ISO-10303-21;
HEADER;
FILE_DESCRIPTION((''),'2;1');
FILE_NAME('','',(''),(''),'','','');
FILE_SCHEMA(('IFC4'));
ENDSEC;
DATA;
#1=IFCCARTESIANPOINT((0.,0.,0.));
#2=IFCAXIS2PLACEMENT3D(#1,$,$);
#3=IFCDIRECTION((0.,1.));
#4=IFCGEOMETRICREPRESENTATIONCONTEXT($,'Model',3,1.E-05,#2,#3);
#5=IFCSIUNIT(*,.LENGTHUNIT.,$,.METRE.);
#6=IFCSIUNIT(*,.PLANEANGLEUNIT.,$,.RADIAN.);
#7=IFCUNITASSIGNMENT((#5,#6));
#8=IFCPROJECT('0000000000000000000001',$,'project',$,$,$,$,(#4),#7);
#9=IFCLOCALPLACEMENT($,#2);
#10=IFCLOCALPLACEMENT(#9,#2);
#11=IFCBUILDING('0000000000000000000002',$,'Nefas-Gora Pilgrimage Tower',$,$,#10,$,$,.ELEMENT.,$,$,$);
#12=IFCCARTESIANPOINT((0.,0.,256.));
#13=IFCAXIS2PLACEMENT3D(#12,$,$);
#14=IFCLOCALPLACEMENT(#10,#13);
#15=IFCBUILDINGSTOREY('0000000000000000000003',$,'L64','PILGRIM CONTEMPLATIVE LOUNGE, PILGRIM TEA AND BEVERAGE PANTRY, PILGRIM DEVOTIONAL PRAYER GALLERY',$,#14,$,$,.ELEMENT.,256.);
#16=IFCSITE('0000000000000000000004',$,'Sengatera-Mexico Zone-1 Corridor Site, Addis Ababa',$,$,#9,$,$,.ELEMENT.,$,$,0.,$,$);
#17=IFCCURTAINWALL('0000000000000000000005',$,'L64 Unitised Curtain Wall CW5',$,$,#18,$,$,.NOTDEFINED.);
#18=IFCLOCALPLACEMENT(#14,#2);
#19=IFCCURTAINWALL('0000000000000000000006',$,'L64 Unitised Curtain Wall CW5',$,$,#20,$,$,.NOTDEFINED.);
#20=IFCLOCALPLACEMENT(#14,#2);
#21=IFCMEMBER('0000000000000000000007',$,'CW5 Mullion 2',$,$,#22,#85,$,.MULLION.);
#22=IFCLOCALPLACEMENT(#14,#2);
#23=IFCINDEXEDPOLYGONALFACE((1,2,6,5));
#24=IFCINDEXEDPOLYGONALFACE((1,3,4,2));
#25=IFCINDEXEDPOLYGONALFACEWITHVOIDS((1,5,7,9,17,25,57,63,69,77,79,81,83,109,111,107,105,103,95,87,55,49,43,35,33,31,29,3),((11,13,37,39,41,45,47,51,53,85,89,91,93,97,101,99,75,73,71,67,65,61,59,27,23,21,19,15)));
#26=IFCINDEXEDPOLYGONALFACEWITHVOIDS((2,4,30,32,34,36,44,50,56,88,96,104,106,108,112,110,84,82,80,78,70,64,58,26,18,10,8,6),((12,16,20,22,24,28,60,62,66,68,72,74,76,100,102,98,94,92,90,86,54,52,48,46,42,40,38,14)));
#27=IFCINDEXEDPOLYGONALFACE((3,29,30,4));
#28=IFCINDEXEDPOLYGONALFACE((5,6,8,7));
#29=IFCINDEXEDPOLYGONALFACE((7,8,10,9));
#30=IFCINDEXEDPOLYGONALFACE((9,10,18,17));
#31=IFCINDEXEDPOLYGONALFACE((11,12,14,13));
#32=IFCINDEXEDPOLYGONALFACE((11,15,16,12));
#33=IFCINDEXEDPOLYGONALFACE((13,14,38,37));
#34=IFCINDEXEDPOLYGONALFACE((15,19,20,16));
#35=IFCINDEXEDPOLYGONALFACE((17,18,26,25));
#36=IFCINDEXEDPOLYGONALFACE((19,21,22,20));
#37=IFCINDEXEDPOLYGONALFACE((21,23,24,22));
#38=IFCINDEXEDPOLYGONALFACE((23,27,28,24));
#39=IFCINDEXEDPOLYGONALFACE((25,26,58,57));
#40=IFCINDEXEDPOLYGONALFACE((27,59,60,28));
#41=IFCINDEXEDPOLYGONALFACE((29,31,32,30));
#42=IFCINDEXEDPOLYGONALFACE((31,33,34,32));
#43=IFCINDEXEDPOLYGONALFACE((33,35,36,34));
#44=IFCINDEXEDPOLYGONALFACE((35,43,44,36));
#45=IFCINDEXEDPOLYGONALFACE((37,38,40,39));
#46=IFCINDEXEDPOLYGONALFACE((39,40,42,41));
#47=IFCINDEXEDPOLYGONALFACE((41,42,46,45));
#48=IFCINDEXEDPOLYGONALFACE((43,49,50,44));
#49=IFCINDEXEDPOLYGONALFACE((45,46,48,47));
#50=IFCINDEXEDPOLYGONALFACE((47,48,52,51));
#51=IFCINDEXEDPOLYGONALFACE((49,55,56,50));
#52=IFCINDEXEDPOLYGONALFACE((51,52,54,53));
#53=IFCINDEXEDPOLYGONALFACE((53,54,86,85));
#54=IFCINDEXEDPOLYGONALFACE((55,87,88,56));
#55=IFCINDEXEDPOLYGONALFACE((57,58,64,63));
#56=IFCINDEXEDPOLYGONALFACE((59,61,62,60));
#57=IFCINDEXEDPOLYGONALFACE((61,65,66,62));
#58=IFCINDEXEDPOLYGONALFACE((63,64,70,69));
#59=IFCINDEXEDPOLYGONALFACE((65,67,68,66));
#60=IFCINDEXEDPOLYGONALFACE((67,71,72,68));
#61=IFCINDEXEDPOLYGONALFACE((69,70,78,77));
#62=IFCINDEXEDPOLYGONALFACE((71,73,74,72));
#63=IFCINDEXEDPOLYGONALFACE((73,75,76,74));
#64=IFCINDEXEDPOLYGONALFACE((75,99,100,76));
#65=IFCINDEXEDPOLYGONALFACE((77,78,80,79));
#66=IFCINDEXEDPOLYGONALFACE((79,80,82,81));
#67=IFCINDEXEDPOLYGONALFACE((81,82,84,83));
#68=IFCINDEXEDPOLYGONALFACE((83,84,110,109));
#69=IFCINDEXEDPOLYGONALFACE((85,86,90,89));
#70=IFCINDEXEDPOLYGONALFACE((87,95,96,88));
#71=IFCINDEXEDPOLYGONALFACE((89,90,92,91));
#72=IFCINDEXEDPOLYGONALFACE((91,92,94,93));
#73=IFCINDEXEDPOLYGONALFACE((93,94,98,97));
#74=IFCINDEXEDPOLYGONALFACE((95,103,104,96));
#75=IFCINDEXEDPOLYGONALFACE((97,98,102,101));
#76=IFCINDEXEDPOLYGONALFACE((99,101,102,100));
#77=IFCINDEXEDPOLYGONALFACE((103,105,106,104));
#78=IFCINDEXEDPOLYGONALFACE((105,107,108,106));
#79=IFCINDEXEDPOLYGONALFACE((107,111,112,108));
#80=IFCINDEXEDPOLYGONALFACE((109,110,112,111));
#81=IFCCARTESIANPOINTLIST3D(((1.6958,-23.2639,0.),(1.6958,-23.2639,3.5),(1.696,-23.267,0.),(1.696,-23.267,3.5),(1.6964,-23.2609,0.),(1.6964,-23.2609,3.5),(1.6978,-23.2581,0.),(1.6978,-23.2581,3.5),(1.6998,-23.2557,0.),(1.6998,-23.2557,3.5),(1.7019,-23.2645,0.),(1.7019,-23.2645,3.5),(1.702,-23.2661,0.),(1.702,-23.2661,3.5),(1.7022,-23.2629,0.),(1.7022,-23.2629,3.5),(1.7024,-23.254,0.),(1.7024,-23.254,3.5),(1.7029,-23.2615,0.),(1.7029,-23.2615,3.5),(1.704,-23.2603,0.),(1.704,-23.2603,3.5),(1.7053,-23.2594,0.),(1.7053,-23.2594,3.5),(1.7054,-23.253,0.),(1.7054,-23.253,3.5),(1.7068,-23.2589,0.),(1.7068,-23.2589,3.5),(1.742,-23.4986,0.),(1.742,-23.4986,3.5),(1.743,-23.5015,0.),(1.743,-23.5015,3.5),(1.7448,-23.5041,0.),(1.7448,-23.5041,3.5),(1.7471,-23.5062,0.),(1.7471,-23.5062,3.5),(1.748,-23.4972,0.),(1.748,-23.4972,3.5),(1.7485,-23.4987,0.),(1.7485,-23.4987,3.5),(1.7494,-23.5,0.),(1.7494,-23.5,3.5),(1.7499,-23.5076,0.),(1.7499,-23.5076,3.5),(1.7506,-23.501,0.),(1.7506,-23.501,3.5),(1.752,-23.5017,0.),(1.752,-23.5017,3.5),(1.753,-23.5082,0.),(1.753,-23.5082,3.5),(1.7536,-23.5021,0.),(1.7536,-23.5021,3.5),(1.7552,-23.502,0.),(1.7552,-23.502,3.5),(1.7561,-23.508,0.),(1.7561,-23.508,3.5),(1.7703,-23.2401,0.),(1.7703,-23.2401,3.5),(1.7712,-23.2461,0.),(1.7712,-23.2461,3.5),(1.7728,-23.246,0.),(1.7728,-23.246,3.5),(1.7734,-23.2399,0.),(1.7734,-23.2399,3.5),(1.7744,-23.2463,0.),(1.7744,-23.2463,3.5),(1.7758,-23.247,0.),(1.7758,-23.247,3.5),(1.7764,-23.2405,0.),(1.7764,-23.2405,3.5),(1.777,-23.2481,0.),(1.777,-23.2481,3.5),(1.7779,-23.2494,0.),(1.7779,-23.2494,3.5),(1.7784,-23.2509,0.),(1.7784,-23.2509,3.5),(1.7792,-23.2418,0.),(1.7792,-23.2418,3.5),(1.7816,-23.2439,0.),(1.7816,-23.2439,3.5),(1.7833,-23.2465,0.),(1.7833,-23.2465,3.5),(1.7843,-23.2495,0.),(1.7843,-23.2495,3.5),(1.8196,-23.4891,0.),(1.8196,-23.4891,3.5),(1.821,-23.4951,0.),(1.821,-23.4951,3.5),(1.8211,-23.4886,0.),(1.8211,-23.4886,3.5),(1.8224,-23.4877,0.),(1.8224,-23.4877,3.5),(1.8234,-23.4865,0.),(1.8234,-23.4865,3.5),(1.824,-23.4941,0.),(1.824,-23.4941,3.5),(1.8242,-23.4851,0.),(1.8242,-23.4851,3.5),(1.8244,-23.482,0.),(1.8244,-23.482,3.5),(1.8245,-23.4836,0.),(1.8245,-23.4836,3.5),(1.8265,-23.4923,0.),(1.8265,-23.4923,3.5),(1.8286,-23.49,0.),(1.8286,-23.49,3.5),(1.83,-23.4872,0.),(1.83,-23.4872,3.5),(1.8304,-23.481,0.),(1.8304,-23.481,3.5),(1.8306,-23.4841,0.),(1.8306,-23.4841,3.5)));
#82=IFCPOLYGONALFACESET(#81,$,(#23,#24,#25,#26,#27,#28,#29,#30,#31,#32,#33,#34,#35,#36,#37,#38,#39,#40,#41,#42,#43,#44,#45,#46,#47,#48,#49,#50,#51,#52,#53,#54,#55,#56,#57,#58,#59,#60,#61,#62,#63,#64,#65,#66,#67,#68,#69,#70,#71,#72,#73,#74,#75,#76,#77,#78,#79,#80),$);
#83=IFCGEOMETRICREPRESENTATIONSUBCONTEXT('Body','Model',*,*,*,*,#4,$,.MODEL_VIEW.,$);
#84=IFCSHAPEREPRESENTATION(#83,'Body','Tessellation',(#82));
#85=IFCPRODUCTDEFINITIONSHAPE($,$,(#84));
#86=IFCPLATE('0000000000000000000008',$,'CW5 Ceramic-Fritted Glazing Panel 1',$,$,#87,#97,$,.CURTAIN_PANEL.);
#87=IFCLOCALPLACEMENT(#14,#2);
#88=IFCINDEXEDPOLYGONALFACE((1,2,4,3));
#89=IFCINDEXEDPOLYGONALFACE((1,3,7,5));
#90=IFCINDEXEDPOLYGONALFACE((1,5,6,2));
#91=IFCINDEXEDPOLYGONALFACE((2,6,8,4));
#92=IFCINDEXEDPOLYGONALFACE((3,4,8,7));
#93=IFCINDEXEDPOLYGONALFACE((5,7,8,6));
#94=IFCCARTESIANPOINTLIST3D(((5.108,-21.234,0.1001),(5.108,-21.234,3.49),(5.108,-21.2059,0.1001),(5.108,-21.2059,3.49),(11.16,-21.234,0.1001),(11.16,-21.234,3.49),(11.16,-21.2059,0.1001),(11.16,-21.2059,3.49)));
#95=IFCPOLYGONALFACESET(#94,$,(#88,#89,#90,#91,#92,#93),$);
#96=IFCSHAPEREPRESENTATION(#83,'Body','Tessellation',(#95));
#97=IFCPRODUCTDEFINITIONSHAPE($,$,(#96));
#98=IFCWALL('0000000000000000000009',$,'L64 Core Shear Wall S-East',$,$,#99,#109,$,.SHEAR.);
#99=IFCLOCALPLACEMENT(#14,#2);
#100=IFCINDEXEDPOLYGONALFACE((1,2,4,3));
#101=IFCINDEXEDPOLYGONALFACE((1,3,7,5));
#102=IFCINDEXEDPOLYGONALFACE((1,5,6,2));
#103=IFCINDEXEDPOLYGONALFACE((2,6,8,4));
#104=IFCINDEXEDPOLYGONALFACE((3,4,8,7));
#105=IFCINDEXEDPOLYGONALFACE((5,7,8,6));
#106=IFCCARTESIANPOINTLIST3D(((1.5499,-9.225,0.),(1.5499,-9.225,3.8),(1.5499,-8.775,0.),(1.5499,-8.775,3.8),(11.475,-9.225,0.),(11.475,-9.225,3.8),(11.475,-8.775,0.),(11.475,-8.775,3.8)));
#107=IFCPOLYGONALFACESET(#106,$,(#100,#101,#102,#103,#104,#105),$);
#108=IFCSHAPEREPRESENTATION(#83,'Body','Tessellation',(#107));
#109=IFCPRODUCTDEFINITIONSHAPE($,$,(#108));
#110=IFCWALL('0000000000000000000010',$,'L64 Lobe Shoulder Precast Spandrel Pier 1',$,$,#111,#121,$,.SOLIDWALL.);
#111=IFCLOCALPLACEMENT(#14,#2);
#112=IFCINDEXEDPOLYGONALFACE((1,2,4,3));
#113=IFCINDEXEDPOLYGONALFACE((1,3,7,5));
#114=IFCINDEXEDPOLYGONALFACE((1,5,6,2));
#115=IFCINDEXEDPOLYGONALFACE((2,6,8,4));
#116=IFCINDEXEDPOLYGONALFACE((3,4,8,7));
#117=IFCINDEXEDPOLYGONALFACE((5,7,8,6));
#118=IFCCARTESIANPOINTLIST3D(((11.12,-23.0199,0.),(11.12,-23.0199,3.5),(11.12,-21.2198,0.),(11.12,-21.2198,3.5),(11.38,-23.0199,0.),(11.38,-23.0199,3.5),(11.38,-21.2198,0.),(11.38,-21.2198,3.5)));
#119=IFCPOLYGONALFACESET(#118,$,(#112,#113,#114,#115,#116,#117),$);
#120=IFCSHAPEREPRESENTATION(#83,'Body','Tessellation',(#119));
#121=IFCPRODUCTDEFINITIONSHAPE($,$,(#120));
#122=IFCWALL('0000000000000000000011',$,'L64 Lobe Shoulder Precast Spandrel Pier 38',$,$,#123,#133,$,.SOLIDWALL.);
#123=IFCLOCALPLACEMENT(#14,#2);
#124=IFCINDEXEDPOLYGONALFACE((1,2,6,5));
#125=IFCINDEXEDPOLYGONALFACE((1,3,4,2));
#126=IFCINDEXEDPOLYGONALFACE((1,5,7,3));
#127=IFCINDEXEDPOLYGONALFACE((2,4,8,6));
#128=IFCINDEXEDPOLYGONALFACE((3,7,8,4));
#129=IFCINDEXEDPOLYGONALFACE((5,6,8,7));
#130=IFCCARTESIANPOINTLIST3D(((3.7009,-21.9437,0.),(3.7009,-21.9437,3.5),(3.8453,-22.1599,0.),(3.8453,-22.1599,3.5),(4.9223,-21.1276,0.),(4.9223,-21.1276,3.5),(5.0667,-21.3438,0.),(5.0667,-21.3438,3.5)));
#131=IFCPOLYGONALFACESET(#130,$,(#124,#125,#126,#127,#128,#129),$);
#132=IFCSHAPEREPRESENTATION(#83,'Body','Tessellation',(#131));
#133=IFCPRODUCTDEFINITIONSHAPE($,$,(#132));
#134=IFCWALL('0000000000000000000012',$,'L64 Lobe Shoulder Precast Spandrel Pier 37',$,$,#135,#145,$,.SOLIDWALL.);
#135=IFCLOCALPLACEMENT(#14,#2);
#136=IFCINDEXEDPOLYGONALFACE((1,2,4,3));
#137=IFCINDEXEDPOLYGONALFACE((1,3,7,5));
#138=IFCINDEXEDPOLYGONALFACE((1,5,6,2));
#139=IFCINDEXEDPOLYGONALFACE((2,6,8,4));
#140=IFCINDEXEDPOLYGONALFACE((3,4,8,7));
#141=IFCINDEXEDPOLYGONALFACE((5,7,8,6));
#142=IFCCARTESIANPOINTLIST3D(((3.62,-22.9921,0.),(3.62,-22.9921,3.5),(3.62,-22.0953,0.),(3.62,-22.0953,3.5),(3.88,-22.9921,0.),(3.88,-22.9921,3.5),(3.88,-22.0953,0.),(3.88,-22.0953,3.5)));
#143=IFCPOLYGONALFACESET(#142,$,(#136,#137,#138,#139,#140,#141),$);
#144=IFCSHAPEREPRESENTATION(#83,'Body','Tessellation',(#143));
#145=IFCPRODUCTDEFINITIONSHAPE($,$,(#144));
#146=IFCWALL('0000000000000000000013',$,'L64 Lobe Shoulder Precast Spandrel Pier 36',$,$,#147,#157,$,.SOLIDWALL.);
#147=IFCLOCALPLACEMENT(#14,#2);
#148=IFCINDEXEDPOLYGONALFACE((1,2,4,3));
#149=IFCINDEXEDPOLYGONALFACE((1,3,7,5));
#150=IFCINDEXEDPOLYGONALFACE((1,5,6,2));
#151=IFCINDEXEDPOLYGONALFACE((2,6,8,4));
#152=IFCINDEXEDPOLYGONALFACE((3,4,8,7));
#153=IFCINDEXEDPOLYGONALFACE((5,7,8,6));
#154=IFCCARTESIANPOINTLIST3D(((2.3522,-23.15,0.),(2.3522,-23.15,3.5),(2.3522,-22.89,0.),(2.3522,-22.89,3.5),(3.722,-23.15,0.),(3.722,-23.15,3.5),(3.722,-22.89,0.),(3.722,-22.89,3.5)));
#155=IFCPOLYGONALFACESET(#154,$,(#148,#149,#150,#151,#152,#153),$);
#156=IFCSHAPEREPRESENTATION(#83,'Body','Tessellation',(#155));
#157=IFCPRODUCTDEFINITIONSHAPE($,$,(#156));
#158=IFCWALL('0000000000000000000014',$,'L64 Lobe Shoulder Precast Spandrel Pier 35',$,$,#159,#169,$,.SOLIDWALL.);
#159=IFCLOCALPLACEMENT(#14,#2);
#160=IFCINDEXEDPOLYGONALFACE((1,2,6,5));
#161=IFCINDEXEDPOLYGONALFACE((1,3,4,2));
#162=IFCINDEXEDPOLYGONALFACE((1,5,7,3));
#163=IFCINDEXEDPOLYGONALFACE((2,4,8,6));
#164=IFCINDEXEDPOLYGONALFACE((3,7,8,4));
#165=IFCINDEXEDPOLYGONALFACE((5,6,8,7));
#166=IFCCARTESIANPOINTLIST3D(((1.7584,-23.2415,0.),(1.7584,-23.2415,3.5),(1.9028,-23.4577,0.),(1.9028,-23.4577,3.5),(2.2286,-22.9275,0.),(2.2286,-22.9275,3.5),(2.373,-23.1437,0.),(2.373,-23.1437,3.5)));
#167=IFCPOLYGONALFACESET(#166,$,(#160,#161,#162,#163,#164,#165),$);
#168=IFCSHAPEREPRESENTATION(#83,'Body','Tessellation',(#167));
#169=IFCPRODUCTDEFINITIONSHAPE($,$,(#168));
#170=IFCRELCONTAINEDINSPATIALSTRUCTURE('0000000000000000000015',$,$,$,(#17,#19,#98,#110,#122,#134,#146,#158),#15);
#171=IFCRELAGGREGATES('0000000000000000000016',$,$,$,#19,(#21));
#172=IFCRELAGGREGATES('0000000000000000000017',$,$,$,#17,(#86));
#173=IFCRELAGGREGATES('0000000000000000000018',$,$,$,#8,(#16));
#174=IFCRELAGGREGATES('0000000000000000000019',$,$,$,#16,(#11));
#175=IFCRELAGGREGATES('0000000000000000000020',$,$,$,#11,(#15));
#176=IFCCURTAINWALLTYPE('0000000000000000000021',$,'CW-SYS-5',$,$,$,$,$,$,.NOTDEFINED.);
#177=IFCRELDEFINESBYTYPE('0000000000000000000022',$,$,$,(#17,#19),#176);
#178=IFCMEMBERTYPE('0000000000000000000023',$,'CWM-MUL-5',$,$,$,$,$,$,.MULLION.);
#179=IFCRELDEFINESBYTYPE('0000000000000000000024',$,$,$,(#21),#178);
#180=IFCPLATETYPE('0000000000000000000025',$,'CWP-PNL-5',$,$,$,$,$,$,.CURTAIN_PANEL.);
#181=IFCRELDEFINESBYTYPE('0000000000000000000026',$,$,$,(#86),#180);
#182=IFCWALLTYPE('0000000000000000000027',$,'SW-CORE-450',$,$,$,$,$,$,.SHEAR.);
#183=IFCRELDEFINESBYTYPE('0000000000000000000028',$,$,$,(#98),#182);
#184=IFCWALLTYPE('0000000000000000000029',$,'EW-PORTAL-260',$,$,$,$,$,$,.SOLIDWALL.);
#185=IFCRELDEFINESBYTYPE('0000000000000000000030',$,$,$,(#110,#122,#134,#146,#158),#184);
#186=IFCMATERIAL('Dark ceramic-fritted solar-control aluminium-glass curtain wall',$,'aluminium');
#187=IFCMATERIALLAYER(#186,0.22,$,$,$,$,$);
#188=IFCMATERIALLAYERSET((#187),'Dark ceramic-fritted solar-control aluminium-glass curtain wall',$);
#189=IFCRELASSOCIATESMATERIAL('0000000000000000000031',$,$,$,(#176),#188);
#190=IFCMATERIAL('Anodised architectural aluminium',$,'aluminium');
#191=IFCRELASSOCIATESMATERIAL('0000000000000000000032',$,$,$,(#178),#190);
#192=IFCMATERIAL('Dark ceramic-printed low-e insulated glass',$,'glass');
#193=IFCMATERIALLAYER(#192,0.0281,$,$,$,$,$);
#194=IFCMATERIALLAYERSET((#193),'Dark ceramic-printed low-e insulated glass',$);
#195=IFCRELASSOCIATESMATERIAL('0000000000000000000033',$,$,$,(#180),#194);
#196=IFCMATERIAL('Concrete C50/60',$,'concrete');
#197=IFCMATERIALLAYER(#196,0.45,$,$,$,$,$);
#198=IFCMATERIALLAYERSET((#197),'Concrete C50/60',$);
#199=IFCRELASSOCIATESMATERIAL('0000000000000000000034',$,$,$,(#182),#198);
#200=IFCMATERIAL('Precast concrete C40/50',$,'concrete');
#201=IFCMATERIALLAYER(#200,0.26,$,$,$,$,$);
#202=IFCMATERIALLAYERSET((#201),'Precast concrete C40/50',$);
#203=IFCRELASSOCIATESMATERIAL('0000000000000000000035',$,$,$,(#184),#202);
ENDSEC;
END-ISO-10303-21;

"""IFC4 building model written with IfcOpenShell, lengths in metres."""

from ifc_helpers import new_model, si_unit, direction, frame, frame_2d, origin, origin_2d, place, context, subcontext, project, spatial, rectangle, hollow_rectangle, extrude, source, transform, mapped, material, layer, layer_set, material_profile, profile_set, type_object, element, aggregate, save


model = new_model("IFC4")

# Units and contexts
model_context = context("Model", 3, precision=1e-05, world=origin(), true_north=direction((0.0, 1.0)))
body_context = subcontext(model_context, "Body", "Model", "MODEL_VIEW")
ifc_project = project(units=[si_unit("LENGTHUNIT", "METRE"), si_unit("PLANEANGLEUNIT", "RADIAN")], contexts=[model_context])

# Site, building, storey
site_placement = place(None, origin())
site = spatial("IfcSite", under=ifc_project, at=site_placement, Name="Sengatera-Mexico Zone-1 Corridor Site, Addis Ababa", CompositionType="ELEMENT", RefElevation=0.0)
building_placement = place(site_placement, origin())
building = spatial("IfcBuilding", under=site, at=building_placement, Name="Nefas-Gora Pilgrimage Tower", CompositionType="ELEMENT")
storey_placement = place(building_placement, frame((0.0, 0.0, 256.0)))
storey = spatial("IfcBuildingStorey", under=building, at=storey_placement, Name="L64", Description="PILGRIM CONTEMPLATIVE LOUNGE, PILGRIM TEA AND BEVERAGE PANTRY, PILGRIM DEVOTIONAL PRAYER GALLERY", CompositionType="ELEMENT", Elevation=256.0)

# Curtain wall
ifc_material_1 = material(Name="Dark ceramic-fritted solar-control aluminium-glass curtain wall", Category="aluminium")
ifc_layer_1 = layer(ifc_material_1, 0.22)
ifc_layer_set_1 = layer_set([ifc_layer_1], Name="Dark ceramic-fritted solar-control aluminium-glass curtain wall")
curtain_wall_type = type_object("IfcCurtainWallType", Name="CW-SYS-5", PredefinedType="NOTDEFINED", material=ifc_layer_set_1)
curtain_wall_1_placement = place(storey_placement, origin())
curtain_wall_1 = element("IfcCurtainWall", 1, at=curtain_wall_1_placement, inside=storey, type_object=curtain_wall_type, Name="L64 Unitised Curtain Wall CW5", PredefinedType="NOTDEFINED")
ifc_material_2 = material(Name="Anodised architectural aluminium", Category="aluminium")
ifc_material_profile_1 = material_profile(ifc_material_2, hollow_rectangle(XDim=0.0901, YDim=0.26, WallThickness=0.0061, InnerFilletRadius=0.0061, OuterFilletRadius=0.012, at=origin_2d()), Name="ALU MULLION 90x260")
ifc_profile_set_1 = profile_set([ifc_material_profile_1], Name="Anodised architectural aluminium")
member_type_1 = type_object("IfcMemberType", Name="CWM-MUL-5", PredefinedType="MULLION", material=ifc_profile_set_1)
shared_shape_1 = source(origin(), body_context, "Body", "SweptSolid", [
    extrude(hollow_rectangle(XDim=0.0901, YDim=0.26, WallThickness=0.0061, InnerFilletRadius=0.0061, OuterFilletRadius=0.012, at=origin_2d()), origin(), (0.0, 0.0, 1.0), 3.5),
])

# Curtain wall, member
curtain_wall_2_placement = place(storey_placement, origin())
curtain_wall_2 = element("IfcCurtainWall", 2, at=curtain_wall_2_placement, inside=storey, type_object=curtain_wall_type, Name="L64 Unitised Curtain Wall CW5", PredefinedType="NOTDEFINED")
member_1_placement = place(storey_placement, frame((1.7632, -23.374, 0.0), z_axis=(0.0, 0.0, 1.0), x_axis=(0.980783, 0.195102, 0.0)))
member_1 = element("IfcMember", 3, at=member_1_placement, type_object=member_type_1, Name="CW5 Mullion 2", PredefinedType="MULLION", context=body_context, shape_type="MappedRepresentation", body=[
    mapped(shared_shape_1, transform((0.0, 0.0, 0.0), x_axis=(1.0, 0.0, 0.0), y_axis=(0.0, 1.0, 0.0), z_axis=(0.0, 0.0, 1.0), scale=1.0)),
])
aggregate(curtain_wall_2, [member_1])

# Plate
ifc_material_3 = material(Name="Dark ceramic-printed low-e insulated glass", Category="glass")
ifc_layer_2 = layer(ifc_material_3, 0.0281)
ifc_layer_set_2 = layer_set([ifc_layer_2], Name="Dark ceramic-printed low-e insulated glass")
plate_type = type_object("IfcPlateType", Name="CWP-PNL-5", PredefinedType="CURTAIN_PANEL", material=ifc_layer_set_2)
shared_shape_2 = source(origin(), body_context, "Body", "SweptSolid", [
    extrude(rectangle(XDim=6.052, YDim=0.0281, at=origin_2d()), origin(), (0.0, 0.0, 1.0), 3.3899),
])
plate_placement = place(storey_placement, frame((8.134, -21.22, 0.1001), z_axis=(0.0, 0.0, 1.0), x_axis=(1.0, 0.0, 0.0)))
plate = element("IfcPlate", 4, at=plate_placement, type_object=plate_type, Name="CW5 Ceramic-Fritted Glazing Panel 1", PredefinedType="CURTAIN_PANEL", context=body_context, shape_type="MappedRepresentation", body=[
    mapped(shared_shape_2, transform((0.0, 0.0, 0.0), x_axis=(1.0, 0.0, 0.0), y_axis=(0.0, 1.0, 0.0), z_axis=(0.0, 0.0, 1.0), scale=1.0)),
])
aggregate(curtain_wall_1, [plate])

# Walls
ifc_material_4 = material(Name="Concrete C50/60", Category="concrete")
ifc_layer_3 = layer(ifc_material_4, 0.45)
ifc_layer_set_3 = layer_set([ifc_layer_3], Name="Concrete C50/60")
wall_type_1 = type_object("IfcWallType", Name="SW-CORE-450", PredefinedType="SHEAR", material=ifc_layer_set_3)
shared_shape_3 = source(origin(), body_context, "Body", "SweptSolid", [
    extrude(rectangle(XDim=9.925, YDim=0.45, at=frame_2d((4.9624, 0.0))), origin(), (0.0, 0.0, 1.0), 3.8),
])
wall_1_placement = place(storey_placement, frame((1.55, -9.0, 0.0), z_axis=(0.0, 0.0, 1.0), x_axis=(1.0, 0.0, 0.0)))
element("IfcWall", 5, at=wall_1_placement, inside=storey, type_object=wall_type_1, Name="L64 Core Shear Wall S-East", PredefinedType="SHEAR", context=body_context, shape_type="MappedRepresentation", body=[
    mapped(shared_shape_3, transform((0.0, 0.0, 0.0), x_axis=(1.0, 0.0, 0.0), y_axis=(0.0, 1.0, 0.0), z_axis=(0.0, 0.0, 1.0), scale=1.0)),
])
ifc_material_5 = material(Name="Precast concrete C40/50", Category="concrete")
ifc_layer_4 = layer(ifc_material_5, 0.26)
ifc_layer_set_4 = layer_set([ifc_layer_4], Name="Precast concrete C40/50")
wall_type_2 = type_object("IfcWallType", Name="EW-PORTAL-260", PredefinedType="SOLIDWALL", material=ifc_layer_set_4)
shared_shape_4 = source(origin(), body_context, "Body", "SweptSolid", [
    extrude(rectangle(XDim=1.8, YDim=0.26, at=frame_2d((0.8999, 0.0))), origin(), (0.0, 0.0, 1.0), 3.5),
])
wall_2_placement = place(storey_placement, frame((11.25, -21.22, 0.0), z_axis=(0.0, 0.0, 1.0), x_axis=(0.0, -1.0, 0.0)))
element("IfcWall", 6, at=wall_2_placement, inside=storey, type_object=wall_type_2, Name="L64 Lobe Shoulder Precast Spandrel Pier 1", PredefinedType="SOLIDWALL", context=body_context, shape_type="MappedRepresentation", body=[
    mapped(shared_shape_4, transform((0.0, 0.0, 0.0), x_axis=(1.0, 0.0, 0.0), y_axis=(0.0, 1.0, 0.0), z_axis=(0.0, 0.0, 1.0), scale=1.0)),
])
shared_shape_5 = source(origin(), body_context, "Body", "SweptSolid", [
    extrude(rectangle(XDim=1.469, YDim=0.26, at=frame_2d((0.7344, 0.0))), origin(), (0.0, 0.0, 1.0), 3.5),
])
wall_3_placement = place(storey_placement, frame((3.7732, -22.0518, 0.0), z_axis=(0.0, 0.0, 1.0), x_axis=(0.831462, 0.555582, 0.0)))
element("IfcWall", 7, at=wall_3_placement, inside=storey, type_object=wall_type_2, Name="L64 Lobe Shoulder Precast Spandrel Pier 38", PredefinedType="SOLIDWALL", context=body_context, shape_type="MappedRepresentation", body=[
    mapped(shared_shape_5, transform((0.0, 0.0, 0.0), x_axis=(1.0, 0.0, 0.0), y_axis=(0.0, 1.0, 0.0), z_axis=(0.0, 0.0, 1.0), scale=1.0)),
])
shared_shape_6 = source(origin(), body_context, "Body", "SweptSolid", [
    extrude(rectangle(XDim=0.8967, YDim=0.26, at=frame_2d((0.4482, 0.0))), origin(), (0.0, 0.0, 1.0), 3.5),
])
wall_4_placement = place(storey_placement, frame((3.75, -22.9919, 0.0), z_axis=(0.0, 0.0, 1.0), x_axis=(0.0, 1.0, 0.0)))
element("IfcWall", 8, at=wall_4_placement, inside=storey, type_object=wall_type_2, Name="L64 Lobe Shoulder Precast Spandrel Pier 37", PredefinedType="SOLIDWALL", context=body_context, shape_type="MappedRepresentation", body=[
    mapped(shared_shape_6, transform((0.0, 0.0, 0.0), x_axis=(1.0, 0.0, 0.0), y_axis=(0.0, 1.0, 0.0), z_axis=(0.0, 0.0, 1.0), scale=1.0)),
])
shared_shape_7 = source(origin(), body_context, "Body", "SweptSolid", [
    extrude(rectangle(XDim=1.3699, YDim=0.26, at=frame_2d((0.6851, 0.0))), origin(), (0.0, 0.0, 1.0), 3.5),
])
wall_5_placement = place(storey_placement, frame((2.3521, -23.02, 0.0), z_axis=(0.0, 0.0, 1.0), x_axis=(1.0, 0.0, 0.0)))
element("IfcWall", 9, at=wall_5_placement, inside=storey, type_object=wall_type_2, Name="L64 Lobe Shoulder Precast Spandrel Pier 36", PredefinedType="SOLIDWALL", context=body_context, shape_type="MappedRepresentation", body=[
    mapped(shared_shape_7, transform((0.0, 0.0, 0.0), x_axis=(1.0, 0.0, 0.0), y_axis=(0.0, 1.0, 0.0), z_axis=(0.0, 0.0, 1.0), scale=1.0)),
])
shared_shape_8 = source(origin(), body_context, "Body", "SweptSolid", [
    extrude(rectangle(XDim=0.5654, YDim=0.26, at=frame_2d((0.2827, 0.0))), origin(), (0.0, 0.0, 1.0), 3.5),
])
wall_6_placement = place(storey_placement, frame((1.8306, -23.3496, 0.0), z_axis=(0.0, 0.0, 1.0), x_axis=(0.831651, 0.555298, 0.0)))
element("IfcWall", 10, at=wall_6_placement, inside=storey, type_object=wall_type_2, Name="L64 Lobe Shoulder Precast Spandrel Pier 35", PredefinedType="SOLIDWALL", context=body_context, shape_type="MappedRepresentation", body=[
    mapped(shared_shape_8, transform((0.0, 0.0, 0.0), x_axis=(1.0, 0.0, 0.0), y_axis=(0.0, 1.0, 0.0), z_axis=(0.0, 0.0, 1.0), scale=1.0)),
])

save(model, "model.ifc")
